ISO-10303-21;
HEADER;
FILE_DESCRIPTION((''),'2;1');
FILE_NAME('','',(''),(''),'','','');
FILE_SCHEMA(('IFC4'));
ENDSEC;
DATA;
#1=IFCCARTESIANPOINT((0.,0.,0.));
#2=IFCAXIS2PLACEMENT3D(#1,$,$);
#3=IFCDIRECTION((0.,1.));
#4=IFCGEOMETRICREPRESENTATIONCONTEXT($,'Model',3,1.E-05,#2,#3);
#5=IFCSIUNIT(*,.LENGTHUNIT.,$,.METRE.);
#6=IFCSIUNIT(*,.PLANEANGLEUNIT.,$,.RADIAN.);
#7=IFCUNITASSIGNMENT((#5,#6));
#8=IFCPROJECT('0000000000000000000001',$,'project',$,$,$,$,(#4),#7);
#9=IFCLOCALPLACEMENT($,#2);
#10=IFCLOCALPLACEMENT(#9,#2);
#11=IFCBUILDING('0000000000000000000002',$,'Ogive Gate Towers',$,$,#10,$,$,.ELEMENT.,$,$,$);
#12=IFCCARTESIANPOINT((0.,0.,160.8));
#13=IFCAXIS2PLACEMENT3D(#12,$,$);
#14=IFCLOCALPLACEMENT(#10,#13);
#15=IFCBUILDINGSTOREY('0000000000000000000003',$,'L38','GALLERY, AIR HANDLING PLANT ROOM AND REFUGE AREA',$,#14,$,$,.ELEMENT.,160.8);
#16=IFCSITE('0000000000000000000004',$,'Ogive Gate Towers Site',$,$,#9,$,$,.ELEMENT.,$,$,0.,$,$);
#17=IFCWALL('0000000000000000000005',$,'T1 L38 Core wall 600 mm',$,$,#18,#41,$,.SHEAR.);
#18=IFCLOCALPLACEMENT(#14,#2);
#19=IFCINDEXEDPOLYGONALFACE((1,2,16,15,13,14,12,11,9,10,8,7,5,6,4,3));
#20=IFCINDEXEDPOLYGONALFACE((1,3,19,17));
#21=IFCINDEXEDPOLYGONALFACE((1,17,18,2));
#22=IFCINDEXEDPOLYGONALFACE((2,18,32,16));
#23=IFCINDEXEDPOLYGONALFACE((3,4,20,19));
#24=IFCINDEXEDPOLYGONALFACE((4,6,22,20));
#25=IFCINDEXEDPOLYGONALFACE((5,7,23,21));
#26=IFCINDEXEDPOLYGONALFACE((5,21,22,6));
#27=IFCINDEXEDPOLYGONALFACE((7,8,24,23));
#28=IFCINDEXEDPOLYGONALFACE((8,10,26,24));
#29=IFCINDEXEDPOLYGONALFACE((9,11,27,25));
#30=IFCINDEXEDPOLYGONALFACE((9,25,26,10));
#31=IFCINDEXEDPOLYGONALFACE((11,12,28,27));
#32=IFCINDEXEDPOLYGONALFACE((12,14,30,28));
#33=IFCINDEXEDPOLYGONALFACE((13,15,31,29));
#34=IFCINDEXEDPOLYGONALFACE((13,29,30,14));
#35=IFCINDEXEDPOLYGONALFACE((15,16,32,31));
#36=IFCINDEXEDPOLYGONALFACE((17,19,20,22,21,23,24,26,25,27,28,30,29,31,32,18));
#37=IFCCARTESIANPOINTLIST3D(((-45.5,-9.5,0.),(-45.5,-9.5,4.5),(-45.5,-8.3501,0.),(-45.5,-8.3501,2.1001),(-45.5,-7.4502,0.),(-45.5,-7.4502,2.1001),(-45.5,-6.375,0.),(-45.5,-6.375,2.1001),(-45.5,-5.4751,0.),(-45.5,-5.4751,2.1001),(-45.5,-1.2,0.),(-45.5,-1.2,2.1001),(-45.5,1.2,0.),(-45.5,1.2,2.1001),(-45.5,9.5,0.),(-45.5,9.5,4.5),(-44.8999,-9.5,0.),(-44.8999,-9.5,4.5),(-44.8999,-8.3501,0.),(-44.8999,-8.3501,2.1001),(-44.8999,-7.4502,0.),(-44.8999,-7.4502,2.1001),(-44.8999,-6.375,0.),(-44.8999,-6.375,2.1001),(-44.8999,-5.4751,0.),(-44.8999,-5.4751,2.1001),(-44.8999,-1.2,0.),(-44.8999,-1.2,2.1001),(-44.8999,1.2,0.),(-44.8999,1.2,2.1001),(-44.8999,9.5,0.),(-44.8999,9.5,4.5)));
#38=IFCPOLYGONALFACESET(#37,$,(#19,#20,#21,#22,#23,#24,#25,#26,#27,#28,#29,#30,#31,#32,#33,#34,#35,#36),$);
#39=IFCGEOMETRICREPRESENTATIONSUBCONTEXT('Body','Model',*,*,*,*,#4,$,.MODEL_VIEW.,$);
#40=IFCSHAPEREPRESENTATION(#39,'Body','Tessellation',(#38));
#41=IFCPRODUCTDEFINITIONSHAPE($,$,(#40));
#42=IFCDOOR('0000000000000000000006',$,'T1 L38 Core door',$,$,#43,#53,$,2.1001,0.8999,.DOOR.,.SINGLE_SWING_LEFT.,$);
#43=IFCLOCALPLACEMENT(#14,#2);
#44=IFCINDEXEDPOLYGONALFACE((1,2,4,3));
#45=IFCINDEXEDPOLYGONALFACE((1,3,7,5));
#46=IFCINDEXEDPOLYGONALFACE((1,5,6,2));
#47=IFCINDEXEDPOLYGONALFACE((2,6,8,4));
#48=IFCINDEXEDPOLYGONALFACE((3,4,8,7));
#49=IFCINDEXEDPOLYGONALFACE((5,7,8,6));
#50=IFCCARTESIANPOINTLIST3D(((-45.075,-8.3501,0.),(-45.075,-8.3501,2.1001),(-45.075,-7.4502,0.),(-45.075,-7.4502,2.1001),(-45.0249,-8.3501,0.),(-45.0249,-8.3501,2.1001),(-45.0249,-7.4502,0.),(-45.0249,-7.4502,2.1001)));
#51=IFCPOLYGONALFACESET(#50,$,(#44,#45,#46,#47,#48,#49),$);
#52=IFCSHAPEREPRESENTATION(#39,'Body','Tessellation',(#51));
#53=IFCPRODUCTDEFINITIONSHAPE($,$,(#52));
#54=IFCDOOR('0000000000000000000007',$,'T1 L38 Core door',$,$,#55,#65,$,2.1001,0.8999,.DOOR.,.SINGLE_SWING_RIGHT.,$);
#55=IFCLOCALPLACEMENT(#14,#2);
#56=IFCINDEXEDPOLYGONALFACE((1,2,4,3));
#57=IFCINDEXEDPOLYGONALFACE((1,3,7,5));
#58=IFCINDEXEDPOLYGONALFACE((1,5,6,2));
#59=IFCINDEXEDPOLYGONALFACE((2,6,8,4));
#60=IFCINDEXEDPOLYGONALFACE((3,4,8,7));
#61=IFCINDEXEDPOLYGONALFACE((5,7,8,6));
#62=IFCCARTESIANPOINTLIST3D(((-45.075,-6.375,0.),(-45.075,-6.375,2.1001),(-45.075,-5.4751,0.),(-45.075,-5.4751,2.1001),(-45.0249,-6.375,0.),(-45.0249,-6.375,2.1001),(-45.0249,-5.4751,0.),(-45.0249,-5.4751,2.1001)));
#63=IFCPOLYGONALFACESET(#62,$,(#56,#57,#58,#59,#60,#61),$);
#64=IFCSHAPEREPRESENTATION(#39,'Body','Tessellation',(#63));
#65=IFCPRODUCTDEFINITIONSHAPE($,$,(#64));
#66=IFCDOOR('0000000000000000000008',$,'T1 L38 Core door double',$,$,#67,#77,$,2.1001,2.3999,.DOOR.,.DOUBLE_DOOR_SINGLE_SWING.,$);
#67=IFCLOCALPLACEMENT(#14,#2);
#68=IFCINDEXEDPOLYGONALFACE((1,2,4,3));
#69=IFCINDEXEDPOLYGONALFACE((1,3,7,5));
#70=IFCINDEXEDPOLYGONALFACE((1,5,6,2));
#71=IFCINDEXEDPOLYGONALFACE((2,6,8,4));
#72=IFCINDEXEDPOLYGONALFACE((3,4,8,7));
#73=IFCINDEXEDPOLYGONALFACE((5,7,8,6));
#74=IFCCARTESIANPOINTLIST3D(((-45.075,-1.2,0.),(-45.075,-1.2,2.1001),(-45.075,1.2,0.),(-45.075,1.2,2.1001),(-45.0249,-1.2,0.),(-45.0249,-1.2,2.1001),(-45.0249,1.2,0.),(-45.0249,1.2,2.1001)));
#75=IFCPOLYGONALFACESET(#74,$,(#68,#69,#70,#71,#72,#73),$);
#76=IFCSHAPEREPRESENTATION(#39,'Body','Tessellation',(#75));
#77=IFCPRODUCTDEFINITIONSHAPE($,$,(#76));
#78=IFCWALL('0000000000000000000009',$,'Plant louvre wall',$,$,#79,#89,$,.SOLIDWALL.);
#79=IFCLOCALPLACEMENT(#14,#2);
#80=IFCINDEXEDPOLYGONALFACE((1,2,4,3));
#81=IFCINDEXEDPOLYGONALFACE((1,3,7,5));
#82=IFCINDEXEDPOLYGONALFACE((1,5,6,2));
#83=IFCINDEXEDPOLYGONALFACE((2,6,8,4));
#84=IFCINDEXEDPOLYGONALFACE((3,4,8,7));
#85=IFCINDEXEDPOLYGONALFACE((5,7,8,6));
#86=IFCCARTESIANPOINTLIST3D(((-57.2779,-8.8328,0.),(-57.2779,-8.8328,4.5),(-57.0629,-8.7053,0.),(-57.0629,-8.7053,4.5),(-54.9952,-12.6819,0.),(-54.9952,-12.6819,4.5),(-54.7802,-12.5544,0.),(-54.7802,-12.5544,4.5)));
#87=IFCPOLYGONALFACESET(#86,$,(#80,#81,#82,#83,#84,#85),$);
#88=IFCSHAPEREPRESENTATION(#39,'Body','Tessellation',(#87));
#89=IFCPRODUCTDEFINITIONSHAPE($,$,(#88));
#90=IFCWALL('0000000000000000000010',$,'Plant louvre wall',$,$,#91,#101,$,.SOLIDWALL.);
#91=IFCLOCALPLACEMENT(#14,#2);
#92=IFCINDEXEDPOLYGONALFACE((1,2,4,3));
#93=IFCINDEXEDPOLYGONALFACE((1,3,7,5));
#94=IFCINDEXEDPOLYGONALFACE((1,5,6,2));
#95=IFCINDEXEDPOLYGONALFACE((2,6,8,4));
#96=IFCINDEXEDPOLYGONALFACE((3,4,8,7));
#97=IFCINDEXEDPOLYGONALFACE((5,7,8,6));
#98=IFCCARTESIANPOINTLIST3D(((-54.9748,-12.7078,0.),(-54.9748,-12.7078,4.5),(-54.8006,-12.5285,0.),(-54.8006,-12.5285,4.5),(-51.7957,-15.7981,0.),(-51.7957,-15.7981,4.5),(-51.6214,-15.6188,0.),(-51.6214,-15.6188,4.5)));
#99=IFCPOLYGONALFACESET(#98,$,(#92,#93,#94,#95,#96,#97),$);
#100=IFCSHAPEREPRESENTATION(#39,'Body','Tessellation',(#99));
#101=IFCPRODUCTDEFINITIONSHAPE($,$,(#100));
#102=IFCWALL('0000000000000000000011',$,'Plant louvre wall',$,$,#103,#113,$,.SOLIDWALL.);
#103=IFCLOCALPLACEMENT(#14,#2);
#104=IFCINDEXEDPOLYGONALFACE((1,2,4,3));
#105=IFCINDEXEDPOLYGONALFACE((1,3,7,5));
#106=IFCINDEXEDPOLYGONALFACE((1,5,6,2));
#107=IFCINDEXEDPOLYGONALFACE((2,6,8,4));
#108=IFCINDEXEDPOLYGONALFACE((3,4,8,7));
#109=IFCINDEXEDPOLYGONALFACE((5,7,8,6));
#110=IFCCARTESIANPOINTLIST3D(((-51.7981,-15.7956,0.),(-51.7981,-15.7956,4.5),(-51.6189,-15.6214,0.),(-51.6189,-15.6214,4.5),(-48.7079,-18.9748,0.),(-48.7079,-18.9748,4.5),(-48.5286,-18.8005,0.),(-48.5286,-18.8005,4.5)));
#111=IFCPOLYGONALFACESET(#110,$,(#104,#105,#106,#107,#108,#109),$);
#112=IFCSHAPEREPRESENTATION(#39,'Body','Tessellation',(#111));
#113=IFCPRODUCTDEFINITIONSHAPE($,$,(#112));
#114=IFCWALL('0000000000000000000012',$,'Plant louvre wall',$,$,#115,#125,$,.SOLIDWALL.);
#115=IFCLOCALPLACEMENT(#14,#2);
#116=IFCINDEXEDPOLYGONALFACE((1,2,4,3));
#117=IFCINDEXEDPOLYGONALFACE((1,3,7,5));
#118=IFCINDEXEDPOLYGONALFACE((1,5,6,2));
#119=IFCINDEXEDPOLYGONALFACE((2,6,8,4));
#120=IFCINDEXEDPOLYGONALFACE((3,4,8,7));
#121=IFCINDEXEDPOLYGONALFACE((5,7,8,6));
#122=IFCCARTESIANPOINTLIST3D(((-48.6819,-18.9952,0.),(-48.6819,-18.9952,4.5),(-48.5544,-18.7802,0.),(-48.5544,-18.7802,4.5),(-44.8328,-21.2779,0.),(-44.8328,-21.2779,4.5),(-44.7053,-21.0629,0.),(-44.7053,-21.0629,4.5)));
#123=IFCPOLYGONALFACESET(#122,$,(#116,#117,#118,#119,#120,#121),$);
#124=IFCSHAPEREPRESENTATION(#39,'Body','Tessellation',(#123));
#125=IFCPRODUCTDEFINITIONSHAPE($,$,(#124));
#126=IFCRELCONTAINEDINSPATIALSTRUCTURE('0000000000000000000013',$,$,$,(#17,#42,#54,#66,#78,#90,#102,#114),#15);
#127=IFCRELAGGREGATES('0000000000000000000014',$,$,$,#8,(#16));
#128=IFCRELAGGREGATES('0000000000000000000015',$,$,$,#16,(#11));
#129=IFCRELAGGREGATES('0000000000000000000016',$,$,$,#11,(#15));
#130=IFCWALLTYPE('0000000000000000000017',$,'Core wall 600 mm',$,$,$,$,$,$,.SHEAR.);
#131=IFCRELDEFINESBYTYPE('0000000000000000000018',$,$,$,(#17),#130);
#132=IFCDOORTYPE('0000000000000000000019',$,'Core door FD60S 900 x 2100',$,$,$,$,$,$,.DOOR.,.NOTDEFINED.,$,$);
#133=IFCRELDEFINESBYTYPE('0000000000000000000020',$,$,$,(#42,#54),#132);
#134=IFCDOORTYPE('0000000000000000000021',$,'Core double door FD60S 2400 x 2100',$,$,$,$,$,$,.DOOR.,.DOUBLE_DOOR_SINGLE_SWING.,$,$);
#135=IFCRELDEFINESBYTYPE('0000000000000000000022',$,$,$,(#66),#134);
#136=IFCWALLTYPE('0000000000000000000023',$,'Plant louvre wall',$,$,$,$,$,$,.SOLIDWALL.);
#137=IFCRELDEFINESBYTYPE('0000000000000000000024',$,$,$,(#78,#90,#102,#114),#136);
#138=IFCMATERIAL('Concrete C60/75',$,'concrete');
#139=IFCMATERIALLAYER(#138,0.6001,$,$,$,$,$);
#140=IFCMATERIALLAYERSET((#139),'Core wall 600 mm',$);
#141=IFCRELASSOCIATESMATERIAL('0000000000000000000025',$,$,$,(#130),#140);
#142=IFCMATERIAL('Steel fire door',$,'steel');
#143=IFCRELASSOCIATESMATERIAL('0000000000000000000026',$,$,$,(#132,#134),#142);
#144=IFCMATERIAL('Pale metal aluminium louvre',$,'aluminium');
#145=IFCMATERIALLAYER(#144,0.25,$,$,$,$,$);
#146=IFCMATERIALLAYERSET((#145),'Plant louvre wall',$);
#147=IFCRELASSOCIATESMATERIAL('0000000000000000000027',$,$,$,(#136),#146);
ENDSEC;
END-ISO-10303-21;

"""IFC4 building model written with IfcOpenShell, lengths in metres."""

from ifc_helpers import new_model, si_unit, direction, frame, frame_2d, origin, place, context, subcontext, project, spatial, rectangle, extrude, material, layer, layer_set, type_object, element, fill, save


model = new_model("IFC4")

# Units and contexts
model_context = context("Model", 3, precision=1e-05, world=origin(), true_north=direction((0.0, 1.0)))
body_context = subcontext(model_context, "Body", "Model", "MODEL_VIEW")
ifc_project = project(units=[si_unit("LENGTHUNIT", "METRE"), si_unit("PLANEANGLEUNIT", "RADIAN")], contexts=[model_context])

# Site, building, storey
site_placement = place(None, origin())
site = spatial("IfcSite", under=ifc_project, at=site_placement, Name="Ogive Gate Towers Site", CompositionType="ELEMENT", RefElevation=0.0)
building_placement = place(site_placement, origin())
building = spatial("IfcBuilding", under=site, at=building_placement, Name="Ogive Gate Towers", CompositionType="ELEMENT")
storey_placement = place(building_placement, frame((0.0, 0.0, 160.8)))
storey = spatial("IfcBuildingStorey", under=building, at=storey_placement, Name="L38", Description="GALLERY, AIR HANDLING PLANT ROOM AND REFUGE AREA", CompositionType="ELEMENT", Elevation=160.8)

# Shared definitions
ifc_material_1 = material(Name="Concrete C60/75", Category="concrete")
ifc_layer_1 = layer(ifc_material_1, 0.6001)
ifc_layer_set_1 = layer_set([ifc_layer_1], Name="Core wall 600 mm")
wall_type_1 = type_object("IfcWallType", Name="Core wall 600 mm", PredefinedType="SHEAR", material=ifc_layer_set_1)
ifc_material_2 = material(Name="Steel fire door", Category="steel")

# Wall, openings, doors
wall_1_placement = place(storey_placement, frame((-45.2, -9.5, 0.0), z_axis=(0.0, 0.0, 1.0), x_axis=(0.0, 1.0, 0.0)))
wall_1 = element("IfcWall", 1, at=wall_1_placement, inside=storey, type_object=wall_type_1, Name="T1 L38 Core wall 600 mm", PredefinedType="SHEAR", context=body_context, shape_type="SweptSolid", body=[
    extrude(rectangle(XDim=19.0, YDim=0.6001, at=frame_2d((9.5, 0.0))), origin(), (0.0, 0.0, 1.0), 4.5),
])
opening_1_placement = place(wall_1_placement, frame((8.3, 0.0, 0.0)))
opening_1 = element("IfcOpeningElement", 2, at=opening_1_placement, cuts=wall_1, PredefinedType="OPENING", context=body_context, shape_type="SweptSolid", body=[
    extrude(rectangle(XDim=2.3999, YDim=2.1001, at=frame_2d((1.2, 1.05))), frame((0.0, 0.3101, 0.0), z_axis=(0.0, -1.0, 0.0), x_axis=(1.0, 0.0, 0.0)), (0.0, 0.0, 1.0), 0.6201),
])
opening_2_placement = place(wall_1_placement, frame((1.1499, 0.0, 0.0)))
opening_2 = element("IfcOpeningElement", 3, at=opening_2_placement, cuts=wall_1, PredefinedType="OPENING", context=body_context, shape_type="SweptSolid", body=[
    extrude(rectangle(XDim=0.8999, YDim=2.1001, at=frame_2d((0.45, 1.05))), frame((0.0, 0.3101, 0.0), z_axis=(0.0, -1.0, 0.0), x_axis=(1.0, 0.0, 0.0)), (0.0, 0.0, 1.0), 0.6201),
])
opening_3_placement = place(wall_1_placement, frame((3.125, 0.0, 0.0)))
opening_3 = element("IfcOpeningElement", 4, at=opening_3_placement, cuts=wall_1, PredefinedType="OPENING", context=body_context, shape_type="SweptSolid", body=[
    extrude(rectangle(XDim=0.8999, YDim=2.1001, at=frame_2d((0.45, 1.05))), frame((0.0, 0.3101, 0.0), z_axis=(0.0, -1.0, 0.0), x_axis=(1.0, 0.0, 0.0)), (0.0, 0.0, 1.0), 0.6201),
])
door_type_1 = type_object("IfcDoorType", Name="Core door FD60S 900 x 2100", OperationType="NOTDEFINED", PredefinedType="DOOR", material=ifc_material_2)
door_1_placement = place(opening_2_placement, origin())
door_1 = element("IfcDoor", 5, at=door_1_placement, inside=storey, type_object=door_type_1, Name="T1 L38 Core door", OperationType="SINGLE_SWING_LEFT", OverallHeight=2.1001, OverallWidth=0.8999, PredefinedType="DOOR", context=body_context, shape_type="SweptSolid", body=[
    extrude(rectangle(XDim=0.8999, YDim=2.1001, at=frame_2d((0.45, 1.05))), frame((0.0, -0.125, 0.0), z_axis=(0.0, -1.0, 0.0), x_axis=(1.0, 0.0, 0.0)), (0.0, 0.0, 1.0), 0.05),
])
fill(opening_2, door_1)
door_2_placement = place(opening_3_placement, origin())
door_2 = element("IfcDoor", 6, at=door_2_placement, inside=storey, type_object=door_type_1, Name="T1 L38 Core door", OperationType="SINGLE_SWING_RIGHT", OverallHeight=2.1001, OverallWidth=0.8999, PredefinedType="DOOR", context=body_context, shape_type="SweptSolid", body=[
    extrude(rectangle(XDim=0.8999, YDim=2.1001, at=frame_2d((0.45, 1.05))), frame((0.0, -0.125, 0.0), z_axis=(0.0, -1.0, 0.0), x_axis=(1.0, 0.0, 0.0)), (0.0, 0.0, 1.0), 0.05),
])
fill(opening_3, door_2)
door_type_2 = type_object("IfcDoorType", Name="Core double door FD60S 2400 x 2100", OperationType="DOUBLE_DOOR_SINGLE_SWING", PredefinedType="DOOR", material=ifc_material_2)
door_3_placement = place(opening_1_placement, origin())
door_3 = element("IfcDoor", 7, at=door_3_placement, inside=storey, type_object=door_type_2, Name="T1 L38 Core door double", OperationType="DOUBLE_DOOR_SINGLE_SWING", OverallHeight=2.1001, OverallWidth=2.3999, PredefinedType="DOOR", context=body_context, shape_type="SweptSolid", body=[
    extrude(rectangle(XDim=2.3999, YDim=2.1001, at=frame_2d((1.2, 1.05))), frame((0.0, -0.125, 0.0), z_axis=(0.0, -1.0, 0.0), x_axis=(1.0, 0.0, 0.0)), (0.0, 0.0, 1.0), 0.05),
])
fill(opening_1, door_3)

# Walls
ifc_material_3 = material(Name="Pale metal aluminium louvre", Category="aluminium")
ifc_layer_2 = layer(ifc_material_3, 0.25)
ifc_layer_set_2 = layer_set([ifc_layer_2], Name="Plant louvre wall")
wall_type_2 = type_object("IfcWallType", Name="Plant louvre wall", PredefinedType="SOLIDWALL", material=ifc_layer_set_2)
wall_2_placement = place(storey_placement, frame((-57.1704, -8.769, 0.0), z_axis=(0.0, 0.0, 1.0), x_axis=(0.510092, -0.86012, 0.0)))
element("IfcWall", 8, at=wall_2_placement, inside=storey, type_object=wall_type_2, Name="Plant louvre wall", PredefinedType="SOLIDWALL", context=body_context, shape_type="SweptSolid", body=[
    extrude(rectangle(XDim=4.4751, YDim=0.25, at=frame_2d((2.2375, 0.0))), origin(), (0.0, 0.0, 1.0), 4.5),
])
for number, where, z_axis, x_axis, name in (
    (9, (-54.8877, -12.6182, 0.0), (0.0, 0.0, 1.0), (0.717058, -0.697014, 0.0), "Plant louvre wall"),
    (10, (-51.7085, -15.7085, 0.0), (0.0, 0.0, 1.0), (0.697014, -0.717058, 0.0), "Plant louvre wall"),
):
    element("IfcWall", number, at=place(storey_placement, frame(where, z_axis=z_axis, x_axis=x_axis)), inside=storey, type_object=wall_type_2, Name=name, PredefinedType="SOLIDWALL", context=body_context, shape_type="SweptSolid", body=[
        extrude(rectangle(XDim=4.4336, YDim=0.25, at=frame_2d((2.2168, 0.0))), origin(), (0.0, 0.0, 1.0), 4.5),
    ])
wall_3_placement = place(storey_placement, frame((-48.6182, -18.8877, 0.0), z_axis=(0.0, 0.0, 1.0), x_axis=(0.86012, -0.510092, 0.0)))
element("IfcWall", 11, at=wall_3_placement, inside=storey, type_object=wall_type_2, Name="Plant louvre wall", PredefinedType="SOLIDWALL", context=body_context, shape_type="SweptSolid", body=[
    extrude(rectangle(XDim=4.4751, YDim=0.25, at=frame_2d((2.2375, 0.0))), origin(), (0.0, 0.0, 1.0), 4.5),
])

save(model, "model.ifc")
